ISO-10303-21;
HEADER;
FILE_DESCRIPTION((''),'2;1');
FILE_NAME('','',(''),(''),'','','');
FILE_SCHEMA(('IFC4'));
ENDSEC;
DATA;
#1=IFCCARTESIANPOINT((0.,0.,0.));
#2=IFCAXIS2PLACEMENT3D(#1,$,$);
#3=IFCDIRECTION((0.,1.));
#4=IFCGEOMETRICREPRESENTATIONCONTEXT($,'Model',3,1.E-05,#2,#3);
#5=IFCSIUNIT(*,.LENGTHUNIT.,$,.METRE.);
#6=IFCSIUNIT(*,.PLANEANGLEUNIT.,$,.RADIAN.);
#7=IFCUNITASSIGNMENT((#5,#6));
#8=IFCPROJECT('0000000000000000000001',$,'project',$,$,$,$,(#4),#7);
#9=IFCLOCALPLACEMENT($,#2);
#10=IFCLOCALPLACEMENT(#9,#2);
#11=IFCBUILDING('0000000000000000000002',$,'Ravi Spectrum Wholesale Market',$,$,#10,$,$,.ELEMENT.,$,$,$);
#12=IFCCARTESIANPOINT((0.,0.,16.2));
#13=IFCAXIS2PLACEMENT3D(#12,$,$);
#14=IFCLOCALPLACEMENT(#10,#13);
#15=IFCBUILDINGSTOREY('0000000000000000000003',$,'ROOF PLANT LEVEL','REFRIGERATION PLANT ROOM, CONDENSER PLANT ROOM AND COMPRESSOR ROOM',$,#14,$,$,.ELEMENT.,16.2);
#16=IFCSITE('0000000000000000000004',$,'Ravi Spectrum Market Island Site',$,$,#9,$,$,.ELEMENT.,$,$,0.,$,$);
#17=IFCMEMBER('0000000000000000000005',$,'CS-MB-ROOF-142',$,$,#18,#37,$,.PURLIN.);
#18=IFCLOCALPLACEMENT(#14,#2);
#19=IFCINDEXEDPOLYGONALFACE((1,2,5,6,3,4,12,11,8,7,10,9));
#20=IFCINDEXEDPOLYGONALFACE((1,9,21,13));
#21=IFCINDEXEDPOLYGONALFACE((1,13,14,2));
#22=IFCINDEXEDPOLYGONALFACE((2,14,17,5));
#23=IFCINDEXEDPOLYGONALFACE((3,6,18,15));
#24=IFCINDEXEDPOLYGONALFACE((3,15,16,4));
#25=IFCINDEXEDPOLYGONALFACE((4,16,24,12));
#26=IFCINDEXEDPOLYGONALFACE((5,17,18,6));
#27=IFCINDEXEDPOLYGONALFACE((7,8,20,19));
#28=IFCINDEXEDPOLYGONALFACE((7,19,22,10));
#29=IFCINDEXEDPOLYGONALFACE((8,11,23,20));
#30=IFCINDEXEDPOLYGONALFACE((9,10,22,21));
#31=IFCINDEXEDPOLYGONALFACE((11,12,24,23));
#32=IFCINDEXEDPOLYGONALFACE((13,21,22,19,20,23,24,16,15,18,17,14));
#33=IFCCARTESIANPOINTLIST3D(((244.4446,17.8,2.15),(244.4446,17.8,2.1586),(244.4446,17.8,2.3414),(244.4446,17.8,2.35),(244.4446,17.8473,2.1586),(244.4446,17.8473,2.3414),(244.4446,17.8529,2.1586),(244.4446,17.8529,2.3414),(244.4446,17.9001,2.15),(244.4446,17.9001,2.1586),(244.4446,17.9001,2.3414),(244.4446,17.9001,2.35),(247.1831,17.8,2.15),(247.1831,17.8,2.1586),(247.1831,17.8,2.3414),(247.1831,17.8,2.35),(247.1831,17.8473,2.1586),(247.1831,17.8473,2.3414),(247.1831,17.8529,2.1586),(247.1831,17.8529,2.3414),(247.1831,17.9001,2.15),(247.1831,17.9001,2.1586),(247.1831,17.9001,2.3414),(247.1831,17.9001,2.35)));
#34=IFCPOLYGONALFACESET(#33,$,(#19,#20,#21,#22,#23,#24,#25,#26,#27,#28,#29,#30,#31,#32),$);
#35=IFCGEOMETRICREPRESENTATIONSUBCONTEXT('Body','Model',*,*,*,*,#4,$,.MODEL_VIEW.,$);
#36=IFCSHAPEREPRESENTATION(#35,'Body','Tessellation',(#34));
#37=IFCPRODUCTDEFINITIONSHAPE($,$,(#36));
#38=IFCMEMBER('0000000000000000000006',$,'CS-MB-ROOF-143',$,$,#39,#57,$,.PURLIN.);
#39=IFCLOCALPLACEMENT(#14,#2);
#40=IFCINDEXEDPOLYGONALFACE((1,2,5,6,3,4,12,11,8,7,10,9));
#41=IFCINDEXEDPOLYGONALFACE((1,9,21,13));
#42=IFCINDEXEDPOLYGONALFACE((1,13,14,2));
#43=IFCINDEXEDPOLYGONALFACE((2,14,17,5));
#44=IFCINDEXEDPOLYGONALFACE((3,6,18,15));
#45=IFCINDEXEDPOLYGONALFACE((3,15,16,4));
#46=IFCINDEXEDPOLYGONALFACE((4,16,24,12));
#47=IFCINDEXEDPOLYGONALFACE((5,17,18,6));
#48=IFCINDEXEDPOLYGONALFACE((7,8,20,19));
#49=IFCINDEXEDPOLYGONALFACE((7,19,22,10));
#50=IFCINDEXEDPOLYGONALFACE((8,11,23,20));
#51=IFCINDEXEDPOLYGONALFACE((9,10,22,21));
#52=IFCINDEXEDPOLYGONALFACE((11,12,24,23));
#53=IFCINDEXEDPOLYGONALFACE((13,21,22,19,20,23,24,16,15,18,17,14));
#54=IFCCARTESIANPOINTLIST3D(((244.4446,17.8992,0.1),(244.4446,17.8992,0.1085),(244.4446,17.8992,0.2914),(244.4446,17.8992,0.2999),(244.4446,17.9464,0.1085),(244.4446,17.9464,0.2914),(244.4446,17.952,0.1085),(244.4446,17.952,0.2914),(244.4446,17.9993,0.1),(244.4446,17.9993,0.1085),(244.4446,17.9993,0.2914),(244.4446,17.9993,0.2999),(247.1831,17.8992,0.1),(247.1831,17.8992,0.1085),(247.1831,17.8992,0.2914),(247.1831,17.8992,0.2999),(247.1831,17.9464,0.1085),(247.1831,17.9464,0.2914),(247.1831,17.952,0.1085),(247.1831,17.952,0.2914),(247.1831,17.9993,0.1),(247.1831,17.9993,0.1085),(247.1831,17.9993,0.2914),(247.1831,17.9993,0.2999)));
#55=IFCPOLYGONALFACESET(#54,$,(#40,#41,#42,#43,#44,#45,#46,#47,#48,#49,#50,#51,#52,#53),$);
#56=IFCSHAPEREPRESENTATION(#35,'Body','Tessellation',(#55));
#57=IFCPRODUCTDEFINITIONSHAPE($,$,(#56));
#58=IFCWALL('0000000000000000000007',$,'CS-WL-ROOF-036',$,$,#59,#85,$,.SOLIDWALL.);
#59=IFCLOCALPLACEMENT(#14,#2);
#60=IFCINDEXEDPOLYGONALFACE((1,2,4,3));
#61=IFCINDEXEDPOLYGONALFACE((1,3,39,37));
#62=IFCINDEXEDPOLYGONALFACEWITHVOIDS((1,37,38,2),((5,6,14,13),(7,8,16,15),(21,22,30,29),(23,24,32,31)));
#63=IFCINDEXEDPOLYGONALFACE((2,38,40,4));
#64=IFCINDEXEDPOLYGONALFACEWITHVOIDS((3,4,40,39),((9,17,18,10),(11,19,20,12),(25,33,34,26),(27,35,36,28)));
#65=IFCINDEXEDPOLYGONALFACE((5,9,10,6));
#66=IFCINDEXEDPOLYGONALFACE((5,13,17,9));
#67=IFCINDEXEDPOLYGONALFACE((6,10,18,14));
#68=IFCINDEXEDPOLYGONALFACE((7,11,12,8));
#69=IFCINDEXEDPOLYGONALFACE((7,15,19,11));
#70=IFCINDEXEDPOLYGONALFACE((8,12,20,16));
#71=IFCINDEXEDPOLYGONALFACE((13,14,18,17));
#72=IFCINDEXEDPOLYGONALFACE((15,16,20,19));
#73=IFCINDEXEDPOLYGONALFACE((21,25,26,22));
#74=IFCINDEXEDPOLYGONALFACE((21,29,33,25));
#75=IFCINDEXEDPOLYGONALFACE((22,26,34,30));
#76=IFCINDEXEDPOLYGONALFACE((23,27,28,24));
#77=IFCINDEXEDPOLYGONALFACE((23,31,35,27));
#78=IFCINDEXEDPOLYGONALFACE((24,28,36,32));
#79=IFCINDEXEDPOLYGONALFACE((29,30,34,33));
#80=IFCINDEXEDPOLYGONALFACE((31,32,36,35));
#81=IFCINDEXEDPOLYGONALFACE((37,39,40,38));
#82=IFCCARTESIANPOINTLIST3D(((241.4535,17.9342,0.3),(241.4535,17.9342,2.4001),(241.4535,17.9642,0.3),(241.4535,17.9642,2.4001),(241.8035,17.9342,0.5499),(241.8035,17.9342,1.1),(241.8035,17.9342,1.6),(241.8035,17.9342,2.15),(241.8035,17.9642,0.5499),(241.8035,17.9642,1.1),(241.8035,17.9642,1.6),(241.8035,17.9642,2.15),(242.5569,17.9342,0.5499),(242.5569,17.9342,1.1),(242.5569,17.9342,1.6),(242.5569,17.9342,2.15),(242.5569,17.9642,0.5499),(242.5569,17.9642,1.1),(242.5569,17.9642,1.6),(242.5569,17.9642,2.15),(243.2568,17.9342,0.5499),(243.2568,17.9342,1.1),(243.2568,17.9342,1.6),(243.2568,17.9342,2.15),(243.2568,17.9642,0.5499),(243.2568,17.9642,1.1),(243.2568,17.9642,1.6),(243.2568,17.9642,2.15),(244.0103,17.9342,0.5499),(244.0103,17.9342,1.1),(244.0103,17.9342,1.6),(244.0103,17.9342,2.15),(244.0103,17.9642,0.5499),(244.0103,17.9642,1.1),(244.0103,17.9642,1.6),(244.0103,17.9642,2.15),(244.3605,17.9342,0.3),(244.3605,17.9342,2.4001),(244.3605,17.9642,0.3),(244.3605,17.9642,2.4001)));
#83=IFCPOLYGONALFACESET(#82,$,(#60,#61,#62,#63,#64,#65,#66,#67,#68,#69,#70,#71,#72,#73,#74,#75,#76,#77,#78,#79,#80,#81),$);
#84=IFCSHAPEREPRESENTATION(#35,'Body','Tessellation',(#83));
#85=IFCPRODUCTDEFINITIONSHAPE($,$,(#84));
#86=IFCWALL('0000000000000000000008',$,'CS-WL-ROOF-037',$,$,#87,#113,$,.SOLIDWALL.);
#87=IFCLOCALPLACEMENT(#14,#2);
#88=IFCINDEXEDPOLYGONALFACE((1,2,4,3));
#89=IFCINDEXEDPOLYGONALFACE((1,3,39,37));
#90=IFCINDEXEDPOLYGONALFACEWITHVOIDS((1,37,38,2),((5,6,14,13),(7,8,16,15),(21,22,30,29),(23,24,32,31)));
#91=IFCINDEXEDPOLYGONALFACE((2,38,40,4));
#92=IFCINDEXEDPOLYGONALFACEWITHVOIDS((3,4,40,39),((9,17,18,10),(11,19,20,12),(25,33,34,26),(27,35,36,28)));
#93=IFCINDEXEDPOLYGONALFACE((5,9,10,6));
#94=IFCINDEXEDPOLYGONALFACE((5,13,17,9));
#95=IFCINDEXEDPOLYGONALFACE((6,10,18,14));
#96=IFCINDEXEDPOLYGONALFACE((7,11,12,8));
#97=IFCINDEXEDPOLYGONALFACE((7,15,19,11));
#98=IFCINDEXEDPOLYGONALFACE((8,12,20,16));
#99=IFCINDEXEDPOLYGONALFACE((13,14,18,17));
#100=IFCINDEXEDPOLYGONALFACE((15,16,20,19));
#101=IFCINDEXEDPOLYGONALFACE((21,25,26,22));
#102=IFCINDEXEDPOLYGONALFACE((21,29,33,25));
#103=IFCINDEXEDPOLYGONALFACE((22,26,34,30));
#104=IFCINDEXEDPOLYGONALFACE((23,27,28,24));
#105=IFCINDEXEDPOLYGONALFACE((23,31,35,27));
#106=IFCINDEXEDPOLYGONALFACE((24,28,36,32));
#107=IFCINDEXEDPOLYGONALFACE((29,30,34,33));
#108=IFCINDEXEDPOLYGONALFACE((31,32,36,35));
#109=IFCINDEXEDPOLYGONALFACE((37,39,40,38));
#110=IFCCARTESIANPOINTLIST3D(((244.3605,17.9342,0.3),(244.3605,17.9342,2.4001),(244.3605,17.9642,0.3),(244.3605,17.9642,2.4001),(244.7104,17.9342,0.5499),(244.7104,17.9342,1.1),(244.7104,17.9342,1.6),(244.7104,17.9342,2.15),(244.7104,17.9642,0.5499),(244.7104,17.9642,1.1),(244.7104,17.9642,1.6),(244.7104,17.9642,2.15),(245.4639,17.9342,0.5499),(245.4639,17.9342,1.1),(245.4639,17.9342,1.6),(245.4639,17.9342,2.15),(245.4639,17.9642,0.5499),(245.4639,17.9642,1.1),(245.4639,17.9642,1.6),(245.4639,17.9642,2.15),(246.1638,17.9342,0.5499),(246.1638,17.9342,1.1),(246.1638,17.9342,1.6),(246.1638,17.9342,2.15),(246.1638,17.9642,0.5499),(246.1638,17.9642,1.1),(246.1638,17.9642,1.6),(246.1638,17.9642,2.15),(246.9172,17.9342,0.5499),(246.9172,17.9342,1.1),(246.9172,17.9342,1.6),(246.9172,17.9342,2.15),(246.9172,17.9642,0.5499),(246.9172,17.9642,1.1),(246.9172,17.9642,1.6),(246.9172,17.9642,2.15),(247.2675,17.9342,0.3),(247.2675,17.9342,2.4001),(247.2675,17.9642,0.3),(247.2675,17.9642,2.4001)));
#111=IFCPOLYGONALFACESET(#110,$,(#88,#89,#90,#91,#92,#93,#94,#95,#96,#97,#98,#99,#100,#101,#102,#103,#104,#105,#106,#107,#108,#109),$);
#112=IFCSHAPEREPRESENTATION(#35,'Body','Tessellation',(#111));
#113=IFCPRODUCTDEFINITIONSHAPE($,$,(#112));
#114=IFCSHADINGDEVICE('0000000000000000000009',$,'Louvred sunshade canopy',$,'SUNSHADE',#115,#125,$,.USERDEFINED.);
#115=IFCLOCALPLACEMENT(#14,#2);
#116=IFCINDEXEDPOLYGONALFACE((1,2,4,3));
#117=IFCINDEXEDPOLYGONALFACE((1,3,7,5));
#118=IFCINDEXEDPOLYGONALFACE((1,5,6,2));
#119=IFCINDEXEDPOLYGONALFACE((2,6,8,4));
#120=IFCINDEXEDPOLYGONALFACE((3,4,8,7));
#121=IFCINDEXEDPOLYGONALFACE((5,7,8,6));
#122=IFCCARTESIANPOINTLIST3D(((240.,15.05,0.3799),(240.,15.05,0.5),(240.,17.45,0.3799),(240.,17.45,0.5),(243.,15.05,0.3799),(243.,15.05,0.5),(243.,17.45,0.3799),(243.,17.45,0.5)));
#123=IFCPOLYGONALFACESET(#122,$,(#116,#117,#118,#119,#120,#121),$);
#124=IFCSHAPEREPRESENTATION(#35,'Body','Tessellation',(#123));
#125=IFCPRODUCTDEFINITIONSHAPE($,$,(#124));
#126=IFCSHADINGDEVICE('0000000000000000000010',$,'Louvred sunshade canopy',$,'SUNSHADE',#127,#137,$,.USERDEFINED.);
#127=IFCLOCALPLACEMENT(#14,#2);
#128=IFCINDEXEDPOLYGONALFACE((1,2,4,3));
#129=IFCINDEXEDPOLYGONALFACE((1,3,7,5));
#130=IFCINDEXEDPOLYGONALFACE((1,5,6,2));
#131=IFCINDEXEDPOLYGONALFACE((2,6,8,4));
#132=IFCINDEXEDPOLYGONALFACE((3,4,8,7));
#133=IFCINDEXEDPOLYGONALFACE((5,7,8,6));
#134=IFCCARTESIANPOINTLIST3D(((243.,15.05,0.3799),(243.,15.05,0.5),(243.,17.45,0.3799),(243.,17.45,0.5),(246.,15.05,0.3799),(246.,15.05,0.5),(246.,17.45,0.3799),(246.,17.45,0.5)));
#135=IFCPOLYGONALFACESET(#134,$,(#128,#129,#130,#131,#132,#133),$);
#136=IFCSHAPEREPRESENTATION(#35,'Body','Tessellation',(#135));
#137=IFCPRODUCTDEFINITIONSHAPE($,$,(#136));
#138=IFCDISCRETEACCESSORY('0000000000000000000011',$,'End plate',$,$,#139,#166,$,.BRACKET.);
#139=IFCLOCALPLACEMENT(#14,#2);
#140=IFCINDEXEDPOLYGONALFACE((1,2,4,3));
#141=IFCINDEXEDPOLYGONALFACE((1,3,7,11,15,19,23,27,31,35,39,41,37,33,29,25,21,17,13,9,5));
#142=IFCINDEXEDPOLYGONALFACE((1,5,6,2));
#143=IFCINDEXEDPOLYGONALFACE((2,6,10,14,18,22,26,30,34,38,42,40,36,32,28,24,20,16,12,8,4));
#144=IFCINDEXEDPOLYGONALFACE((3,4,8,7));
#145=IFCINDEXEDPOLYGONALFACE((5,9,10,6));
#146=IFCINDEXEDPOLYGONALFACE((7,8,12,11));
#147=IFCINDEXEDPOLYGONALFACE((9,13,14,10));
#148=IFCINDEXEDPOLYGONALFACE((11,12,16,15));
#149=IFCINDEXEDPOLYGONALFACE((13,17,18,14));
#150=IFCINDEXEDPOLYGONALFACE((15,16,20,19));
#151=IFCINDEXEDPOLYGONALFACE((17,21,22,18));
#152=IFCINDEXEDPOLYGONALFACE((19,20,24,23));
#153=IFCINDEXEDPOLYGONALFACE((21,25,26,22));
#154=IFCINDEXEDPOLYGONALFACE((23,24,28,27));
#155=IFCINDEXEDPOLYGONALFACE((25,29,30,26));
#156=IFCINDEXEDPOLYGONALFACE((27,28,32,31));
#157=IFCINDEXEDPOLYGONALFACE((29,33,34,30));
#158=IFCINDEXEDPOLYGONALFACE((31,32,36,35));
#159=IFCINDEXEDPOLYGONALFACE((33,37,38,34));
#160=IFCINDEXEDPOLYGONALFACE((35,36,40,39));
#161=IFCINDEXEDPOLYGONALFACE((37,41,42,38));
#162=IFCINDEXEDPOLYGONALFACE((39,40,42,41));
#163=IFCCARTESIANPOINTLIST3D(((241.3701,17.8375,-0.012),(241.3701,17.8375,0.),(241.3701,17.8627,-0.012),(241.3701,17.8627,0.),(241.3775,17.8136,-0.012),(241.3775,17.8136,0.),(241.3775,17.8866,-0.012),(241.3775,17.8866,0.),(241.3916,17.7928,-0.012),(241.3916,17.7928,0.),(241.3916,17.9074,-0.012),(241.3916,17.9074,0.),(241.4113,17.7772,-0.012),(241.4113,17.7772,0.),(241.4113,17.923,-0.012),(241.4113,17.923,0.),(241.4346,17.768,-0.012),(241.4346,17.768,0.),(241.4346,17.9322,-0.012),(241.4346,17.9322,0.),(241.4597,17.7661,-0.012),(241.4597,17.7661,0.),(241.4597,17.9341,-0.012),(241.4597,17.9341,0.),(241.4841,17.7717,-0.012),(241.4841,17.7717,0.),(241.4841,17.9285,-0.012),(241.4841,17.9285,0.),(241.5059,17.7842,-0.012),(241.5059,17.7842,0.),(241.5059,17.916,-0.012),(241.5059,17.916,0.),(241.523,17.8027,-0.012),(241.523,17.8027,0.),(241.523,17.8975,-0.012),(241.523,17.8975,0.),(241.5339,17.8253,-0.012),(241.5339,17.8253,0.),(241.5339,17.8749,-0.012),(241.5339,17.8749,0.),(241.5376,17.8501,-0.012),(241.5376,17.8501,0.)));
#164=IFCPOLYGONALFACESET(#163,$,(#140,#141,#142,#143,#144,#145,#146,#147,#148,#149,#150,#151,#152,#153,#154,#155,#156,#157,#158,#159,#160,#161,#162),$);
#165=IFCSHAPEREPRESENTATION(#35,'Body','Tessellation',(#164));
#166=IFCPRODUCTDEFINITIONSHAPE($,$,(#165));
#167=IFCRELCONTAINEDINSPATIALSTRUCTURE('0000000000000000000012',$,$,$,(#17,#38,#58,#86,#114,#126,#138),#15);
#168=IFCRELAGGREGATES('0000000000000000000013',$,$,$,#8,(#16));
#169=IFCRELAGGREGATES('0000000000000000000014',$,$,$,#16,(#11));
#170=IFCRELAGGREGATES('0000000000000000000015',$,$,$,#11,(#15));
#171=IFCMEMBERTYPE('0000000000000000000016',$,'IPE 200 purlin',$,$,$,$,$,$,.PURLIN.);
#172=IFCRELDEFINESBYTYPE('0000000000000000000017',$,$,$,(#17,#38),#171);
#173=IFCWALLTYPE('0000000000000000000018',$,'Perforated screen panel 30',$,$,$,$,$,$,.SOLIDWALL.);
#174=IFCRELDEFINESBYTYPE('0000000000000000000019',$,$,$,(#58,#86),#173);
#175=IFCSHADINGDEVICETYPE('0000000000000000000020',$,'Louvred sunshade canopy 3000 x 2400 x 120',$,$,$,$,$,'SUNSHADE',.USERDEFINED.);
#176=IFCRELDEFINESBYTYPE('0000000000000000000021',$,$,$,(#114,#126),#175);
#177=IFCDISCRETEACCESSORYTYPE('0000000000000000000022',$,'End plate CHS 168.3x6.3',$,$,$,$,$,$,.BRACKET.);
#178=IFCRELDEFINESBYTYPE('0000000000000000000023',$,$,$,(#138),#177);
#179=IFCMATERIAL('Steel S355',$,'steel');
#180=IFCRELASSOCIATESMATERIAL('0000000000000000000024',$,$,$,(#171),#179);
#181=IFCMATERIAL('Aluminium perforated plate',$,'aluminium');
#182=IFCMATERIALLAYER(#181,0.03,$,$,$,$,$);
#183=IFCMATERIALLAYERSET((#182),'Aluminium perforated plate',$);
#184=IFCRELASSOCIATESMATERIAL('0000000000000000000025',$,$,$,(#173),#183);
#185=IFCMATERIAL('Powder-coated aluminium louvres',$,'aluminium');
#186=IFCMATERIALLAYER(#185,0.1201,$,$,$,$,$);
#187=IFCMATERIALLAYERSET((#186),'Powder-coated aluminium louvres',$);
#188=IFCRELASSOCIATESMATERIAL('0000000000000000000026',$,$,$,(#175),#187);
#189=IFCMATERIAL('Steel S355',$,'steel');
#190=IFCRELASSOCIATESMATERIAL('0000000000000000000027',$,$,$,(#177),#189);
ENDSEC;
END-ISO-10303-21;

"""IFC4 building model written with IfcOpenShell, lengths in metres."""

from ifc_helpers import new_model, si_unit, direction, frame, frame_2d, origin, origin_2d, place, context, subcontext, project, spatial, rectangle, circle, i_section, extrude, material, layer, layer_set, material_profile, profile_set, type_object, element, save


model = new_model("IFC4")

# Units and contexts
model_context = context("Model", 3, precision=1e-05, world=origin(), true_north=direction((0.0, 1.0)))
body_context = subcontext(model_context, "Body", "Model", "MODEL_VIEW")
ifc_project = project(units=[si_unit("LENGTHUNIT", "METRE"), si_unit("PLANEANGLEUNIT", "RADIAN")], contexts=[model_context])

# Site, building, storey
site_placement = place(None, origin())
site = spatial("IfcSite", under=ifc_project, at=site_placement, Name="Ravi Spectrum Market Island Site", CompositionType="ELEMENT", RefElevation=0.0)
building_placement = place(site_placement, origin())
building = spatial("IfcBuilding", under=site, at=building_placement, Name="Ravi Spectrum Wholesale Market", CompositionType="ELEMENT")
storey_placement = place(building_placement, frame((0.0, 0.0, 16.2)))
storey = spatial("IfcBuildingStorey", under=building, at=storey_placement, Name="ROOF PLANT LEVEL", Description="REFRIGERATION PLANT ROOM, CONDENSER PLANT ROOM AND COMPRESSOR ROOM", CompositionType="ELEMENT", Elevation=16.2)

# Members
ifc_material_1 = material(Name="Steel S355", Category="steel")
ifc_material_profile_1 = material_profile(ifc_material_1, i_section(OverallWidth=0.1001, OverallDepth=0.2, WebThickness=0.0056, FlangeThickness=0.0085, at=origin_2d()))
ifc_profile_set_1 = profile_set([ifc_material_profile_1], Name="Steel S355")
member_type_1 = type_object("IfcMemberType", Name="IPE 200 purlin", PredefinedType="PURLIN", material=ifc_profile_set_1)
for number, where, z_axis, x_axis, name in (
    (1, (244.4446, 17.8501, 2.25), (1.0, 0.0, 0.0), (0.0, 1.0, 0.0), "CS-MB-ROOF-142"),
    (2, (244.4446, 17.9492, 0.2), (1.0, 0.0, 0.0), (0.0, 1.0, 0.0), "CS-MB-ROOF-143"),
):
    element("IfcMember", number, at=place(storey_placement, frame(where, z_axis=z_axis, x_axis=x_axis)), inside=storey, type_object=member_type_1, Name=name, PredefinedType="PURLIN", context=body_context, shape_type="SweptSolid", body=[
        extrude(i_section(OverallWidth=0.1001, OverallDepth=0.2, WebThickness=0.0056, FlangeThickness=0.0085, at=origin_2d()), origin(), (0.0, 0.0, 1.0), 2.7385),
    ])

# Walls, openings
ifc_material_2 = material(Name="Aluminium perforated plate", Category="aluminium")
ifc_layer_1 = layer(ifc_material_2, 0.03)
ifc_layer_set_1 = layer_set([ifc_layer_1], Name="Aluminium perforated plate")
wall_type = type_object("IfcWallType", Name="Perforated screen panel 30", PredefinedType="SOLIDWALL", material=ifc_layer_set_1)
wall_1_placement = place(storey_placement, frame((241.4534, 17.9492, 0.3), z_axis=(0.0, 0.0, 1.0), x_axis=(1.0, 0.0, 0.0)))
wall_1 = element("IfcWall", 3, at=wall_1_placement, inside=storey, type_object=wall_type, Name="CS-WL-ROOF-036", PredefinedType="SOLIDWALL", context=body_context, shape_type="SweptSolid", body=[
    extrude(rectangle(XDim=2.907, YDim=0.03, at=frame_2d((1.4536, 0.0))), origin(), (0.0, 0.0, 1.0), 2.1001),
])
opening_1_placement = place(wall_1_placement, frame((0.3501, 0.0, 0.25)))
element("IfcOpeningElement", 4, at=opening_1_placement, cuts=wall_1, PredefinedType="OPENING", context=body_context, shape_type="SweptSolid", body=[
    extrude(rectangle(XDim=0.7534, YDim=0.55, at=frame_2d((0.3767, 0.2749))), frame((0.0, 0.0249, 0.0), z_axis=(0.0, -1.0, 0.0), x_axis=(1.0, 0.0, 0.0)), (0.0, 0.0, 1.0), 0.05),
])
opening_2_placement = place(wall_1_placement, frame((0.3501, 0.0, 1.3)))
element("IfcOpeningElement", 5, at=opening_2_placement, cuts=wall_1, PredefinedType="OPENING", context=body_context, shape_type="SweptSolid", body=[
    extrude(rectangle(XDim=0.7534, YDim=0.55, at=frame_2d((0.3767, 0.2749))), frame((0.0, 0.0249, 0.0), z_axis=(0.0, -1.0, 0.0), x_axis=(1.0, 0.0, 0.0)), (0.0, 0.0, 1.0), 0.05),
])
opening_3_placement = place(wall_1_placement, frame((1.8035, 0.0, 0.25)))
element("IfcOpeningElement", 6, at=opening_3_placement, cuts=wall_1, PredefinedType="OPENING", context=body_context, shape_type="SweptSolid", body=[
    extrude(rectangle(XDim=0.7534, YDim=0.55, at=frame_2d((0.3767, 0.2749))), frame((0.0, 0.0249, 0.0), z_axis=(0.0, -1.0, 0.0), x_axis=(1.0, 0.0, 0.0)), (0.0, 0.0, 1.0), 0.05),
])
opening_4_placement = place(wall_1_placement, frame((1.8035, 0.0, 1.3)))
element("IfcOpeningElement", 7, at=opening_4_placement, cuts=wall_1, PredefinedType="OPENING", context=body_context, shape_type="SweptSolid", body=[
    extrude(rectangle(XDim=0.7534, YDim=0.55, at=frame_2d((0.3767, 0.2749))), frame((0.0, 0.0249, 0.0), z_axis=(0.0, -1.0, 0.0), x_axis=(1.0, 0.0, 0.0)), (0.0, 0.0, 1.0), 0.05),
])
wall_2_placement = place(storey_placement, frame((244.3604, 17.9492, 0.3), z_axis=(0.0, 0.0, 1.0), x_axis=(1.0, 0.0, 0.0)))
wall_2 = element("IfcWall", 8, at=wall_2_placement, inside=storey, type_object=wall_type, Name="CS-WL-ROOF-037", PredefinedType="SOLIDWALL", context=body_context, shape_type="SweptSolid", body=[
    extrude(rectangle(XDim=2.907, YDim=0.03, at=frame_2d((1.4536, 0.0))), origin(), (0.0, 0.0, 1.0), 2.1001),
])
opening_5_placement = place(wall_2_placement, frame((0.3501, 0.0, 0.25)))
element("IfcOpeningElement", 9, at=opening_5_placement, cuts=wall_2, PredefinedType="OPENING", context=body_context, shape_type="SweptSolid", body=[
    extrude(rectangle(XDim=0.7534, YDim=0.55, at=frame_2d((0.3767, 0.2749))), frame((0.0, 0.0249, 0.0), z_axis=(0.0, -1.0, 0.0), x_axis=(1.0, 0.0, 0.0)), (0.0, 0.0, 1.0), 0.05),
])
opening_6_placement = place(wall_2_placement, frame((0.3501, 0.0, 1.3)))
element("IfcOpeningElement", 10, at=opening_6_placement, cuts=wall_2, PredefinedType="OPENING", context=body_context, shape_type="SweptSolid", body=[
    extrude(rectangle(XDim=0.7534, YDim=0.55, at=frame_2d((0.3767, 0.2749))), frame((0.0, 0.0249, 0.0), z_axis=(0.0, -1.0, 0.0), x_axis=(1.0, 0.0, 0.0)), (0.0, 0.0, 1.0), 0.05),
])
opening_7_placement = place(wall_2_placement, frame((1.8035, 0.0, 0.25)))
element("IfcOpeningElement", 11, at=opening_7_placement, cuts=wall_2, PredefinedType="OPENING", context=body_context, shape_type="SweptSolid", body=[
    extrude(rectangle(XDim=0.7534, YDim=0.55, at=frame_2d((0.3767, 0.2749))), frame((0.0, 0.0249, 0.0), z_axis=(0.0, -1.0, 0.0), x_axis=(1.0, 0.0, 0.0)), (0.0, 0.0, 1.0), 0.05),
])
opening_8_placement = place(wall_2_placement, frame((1.8035, 0.0, 1.3)))
element("IfcOpeningElement", 12, at=opening_8_placement, cuts=wall_2, PredefinedType="OPENING", context=body_context, shape_type="SweptSolid", body=[
    extrude(rectangle(XDim=0.7534, YDim=0.55, at=frame_2d((0.3767, 0.2749))), frame((0.0, 0.0249, 0.0), z_axis=(0.0, -1.0, 0.0), x_axis=(1.0, 0.0, 0.0)), (0.0, 0.0, 1.0), 0.05),
])

# Shading devices
ifc_material_3 = material(Name="Powder-coated aluminium louvres", Category="aluminium")
ifc_layer_2 = layer(ifc_material_3, 0.1201)
ifc_layer_set_2 = layer_set([ifc_layer_2], Name="Powder-coated aluminium louvres")
shading_device_type = type_object("IfcShadingDeviceType", Name="Louvred sunshade canopy 3000 x 2400 x 120", ElementType="SUNSHADE", PredefinedType="USERDEFINED", material=ifc_layer_set_2)
for number, where, z_axis, x_axis, name in (
    (13, (241.5, 16.25, 0.3799), (0.0, 0.0, 1.0), (1.0, 0.0, 0.0), "Louvred sunshade canopy"),
    (14, (244.5, 16.25, 0.3799), (0.0, 0.0, 1.0), (1.0, 0.0, 0.0), "Louvred sunshade canopy"),
):
    element("IfcShadingDevice", number, at=place(storey_placement, frame(where, z_axis=z_axis, x_axis=x_axis)), inside=storey, type_object=shading_device_type, Name=name, ObjectType="SUNSHADE", PredefinedType="USERDEFINED", context=body_context, shape_type="SweptSolid", body=[
        extrude(rectangle(XDim=3.0, YDim=2.3999, at=origin_2d()), origin(), (0.0, 0.0, 1.0), 0.1201),
    ])

# Discrete accessory
ifc_material_4 = material(Name="Steel S355", Category="steel")
ifc_material_profile_2 = material_profile(ifc_material_4, circle(Radius=0.0842, at=origin_2d()))
ifc_profile_set_2 = profile_set([ifc_material_profile_2], Name="Steel S355")
discrete_accessory_type_1 = type_object("IfcDiscreteAccessoryType", Name="End plate CHS 168.3x6.3", PredefinedType="BRACKET", material=ifc_profile_set_2)
for number, where, z_axis, x_axis, name in (
    (15, (241.4534, 17.8501, 0.0), (0.0, 0.0, -1.0), (1.0, 0.0, 0.0), "End plate"),
):
    element("IfcDiscreteAccessory", number, at=place(storey_placement, frame(where, z_axis=z_axis, x_axis=x_axis)), inside=storey, type_object=discrete_accessory_type_1, Name=name, PredefinedType="BRACKET", context=body_context, shape_type="SweptSolid", body=[
        extrude(circle(Radius=0.0842, at=origin_2d()), origin(), (0.0, 0.0, 1.0), 0.012),
    ])

save(model, "model.ifc")
